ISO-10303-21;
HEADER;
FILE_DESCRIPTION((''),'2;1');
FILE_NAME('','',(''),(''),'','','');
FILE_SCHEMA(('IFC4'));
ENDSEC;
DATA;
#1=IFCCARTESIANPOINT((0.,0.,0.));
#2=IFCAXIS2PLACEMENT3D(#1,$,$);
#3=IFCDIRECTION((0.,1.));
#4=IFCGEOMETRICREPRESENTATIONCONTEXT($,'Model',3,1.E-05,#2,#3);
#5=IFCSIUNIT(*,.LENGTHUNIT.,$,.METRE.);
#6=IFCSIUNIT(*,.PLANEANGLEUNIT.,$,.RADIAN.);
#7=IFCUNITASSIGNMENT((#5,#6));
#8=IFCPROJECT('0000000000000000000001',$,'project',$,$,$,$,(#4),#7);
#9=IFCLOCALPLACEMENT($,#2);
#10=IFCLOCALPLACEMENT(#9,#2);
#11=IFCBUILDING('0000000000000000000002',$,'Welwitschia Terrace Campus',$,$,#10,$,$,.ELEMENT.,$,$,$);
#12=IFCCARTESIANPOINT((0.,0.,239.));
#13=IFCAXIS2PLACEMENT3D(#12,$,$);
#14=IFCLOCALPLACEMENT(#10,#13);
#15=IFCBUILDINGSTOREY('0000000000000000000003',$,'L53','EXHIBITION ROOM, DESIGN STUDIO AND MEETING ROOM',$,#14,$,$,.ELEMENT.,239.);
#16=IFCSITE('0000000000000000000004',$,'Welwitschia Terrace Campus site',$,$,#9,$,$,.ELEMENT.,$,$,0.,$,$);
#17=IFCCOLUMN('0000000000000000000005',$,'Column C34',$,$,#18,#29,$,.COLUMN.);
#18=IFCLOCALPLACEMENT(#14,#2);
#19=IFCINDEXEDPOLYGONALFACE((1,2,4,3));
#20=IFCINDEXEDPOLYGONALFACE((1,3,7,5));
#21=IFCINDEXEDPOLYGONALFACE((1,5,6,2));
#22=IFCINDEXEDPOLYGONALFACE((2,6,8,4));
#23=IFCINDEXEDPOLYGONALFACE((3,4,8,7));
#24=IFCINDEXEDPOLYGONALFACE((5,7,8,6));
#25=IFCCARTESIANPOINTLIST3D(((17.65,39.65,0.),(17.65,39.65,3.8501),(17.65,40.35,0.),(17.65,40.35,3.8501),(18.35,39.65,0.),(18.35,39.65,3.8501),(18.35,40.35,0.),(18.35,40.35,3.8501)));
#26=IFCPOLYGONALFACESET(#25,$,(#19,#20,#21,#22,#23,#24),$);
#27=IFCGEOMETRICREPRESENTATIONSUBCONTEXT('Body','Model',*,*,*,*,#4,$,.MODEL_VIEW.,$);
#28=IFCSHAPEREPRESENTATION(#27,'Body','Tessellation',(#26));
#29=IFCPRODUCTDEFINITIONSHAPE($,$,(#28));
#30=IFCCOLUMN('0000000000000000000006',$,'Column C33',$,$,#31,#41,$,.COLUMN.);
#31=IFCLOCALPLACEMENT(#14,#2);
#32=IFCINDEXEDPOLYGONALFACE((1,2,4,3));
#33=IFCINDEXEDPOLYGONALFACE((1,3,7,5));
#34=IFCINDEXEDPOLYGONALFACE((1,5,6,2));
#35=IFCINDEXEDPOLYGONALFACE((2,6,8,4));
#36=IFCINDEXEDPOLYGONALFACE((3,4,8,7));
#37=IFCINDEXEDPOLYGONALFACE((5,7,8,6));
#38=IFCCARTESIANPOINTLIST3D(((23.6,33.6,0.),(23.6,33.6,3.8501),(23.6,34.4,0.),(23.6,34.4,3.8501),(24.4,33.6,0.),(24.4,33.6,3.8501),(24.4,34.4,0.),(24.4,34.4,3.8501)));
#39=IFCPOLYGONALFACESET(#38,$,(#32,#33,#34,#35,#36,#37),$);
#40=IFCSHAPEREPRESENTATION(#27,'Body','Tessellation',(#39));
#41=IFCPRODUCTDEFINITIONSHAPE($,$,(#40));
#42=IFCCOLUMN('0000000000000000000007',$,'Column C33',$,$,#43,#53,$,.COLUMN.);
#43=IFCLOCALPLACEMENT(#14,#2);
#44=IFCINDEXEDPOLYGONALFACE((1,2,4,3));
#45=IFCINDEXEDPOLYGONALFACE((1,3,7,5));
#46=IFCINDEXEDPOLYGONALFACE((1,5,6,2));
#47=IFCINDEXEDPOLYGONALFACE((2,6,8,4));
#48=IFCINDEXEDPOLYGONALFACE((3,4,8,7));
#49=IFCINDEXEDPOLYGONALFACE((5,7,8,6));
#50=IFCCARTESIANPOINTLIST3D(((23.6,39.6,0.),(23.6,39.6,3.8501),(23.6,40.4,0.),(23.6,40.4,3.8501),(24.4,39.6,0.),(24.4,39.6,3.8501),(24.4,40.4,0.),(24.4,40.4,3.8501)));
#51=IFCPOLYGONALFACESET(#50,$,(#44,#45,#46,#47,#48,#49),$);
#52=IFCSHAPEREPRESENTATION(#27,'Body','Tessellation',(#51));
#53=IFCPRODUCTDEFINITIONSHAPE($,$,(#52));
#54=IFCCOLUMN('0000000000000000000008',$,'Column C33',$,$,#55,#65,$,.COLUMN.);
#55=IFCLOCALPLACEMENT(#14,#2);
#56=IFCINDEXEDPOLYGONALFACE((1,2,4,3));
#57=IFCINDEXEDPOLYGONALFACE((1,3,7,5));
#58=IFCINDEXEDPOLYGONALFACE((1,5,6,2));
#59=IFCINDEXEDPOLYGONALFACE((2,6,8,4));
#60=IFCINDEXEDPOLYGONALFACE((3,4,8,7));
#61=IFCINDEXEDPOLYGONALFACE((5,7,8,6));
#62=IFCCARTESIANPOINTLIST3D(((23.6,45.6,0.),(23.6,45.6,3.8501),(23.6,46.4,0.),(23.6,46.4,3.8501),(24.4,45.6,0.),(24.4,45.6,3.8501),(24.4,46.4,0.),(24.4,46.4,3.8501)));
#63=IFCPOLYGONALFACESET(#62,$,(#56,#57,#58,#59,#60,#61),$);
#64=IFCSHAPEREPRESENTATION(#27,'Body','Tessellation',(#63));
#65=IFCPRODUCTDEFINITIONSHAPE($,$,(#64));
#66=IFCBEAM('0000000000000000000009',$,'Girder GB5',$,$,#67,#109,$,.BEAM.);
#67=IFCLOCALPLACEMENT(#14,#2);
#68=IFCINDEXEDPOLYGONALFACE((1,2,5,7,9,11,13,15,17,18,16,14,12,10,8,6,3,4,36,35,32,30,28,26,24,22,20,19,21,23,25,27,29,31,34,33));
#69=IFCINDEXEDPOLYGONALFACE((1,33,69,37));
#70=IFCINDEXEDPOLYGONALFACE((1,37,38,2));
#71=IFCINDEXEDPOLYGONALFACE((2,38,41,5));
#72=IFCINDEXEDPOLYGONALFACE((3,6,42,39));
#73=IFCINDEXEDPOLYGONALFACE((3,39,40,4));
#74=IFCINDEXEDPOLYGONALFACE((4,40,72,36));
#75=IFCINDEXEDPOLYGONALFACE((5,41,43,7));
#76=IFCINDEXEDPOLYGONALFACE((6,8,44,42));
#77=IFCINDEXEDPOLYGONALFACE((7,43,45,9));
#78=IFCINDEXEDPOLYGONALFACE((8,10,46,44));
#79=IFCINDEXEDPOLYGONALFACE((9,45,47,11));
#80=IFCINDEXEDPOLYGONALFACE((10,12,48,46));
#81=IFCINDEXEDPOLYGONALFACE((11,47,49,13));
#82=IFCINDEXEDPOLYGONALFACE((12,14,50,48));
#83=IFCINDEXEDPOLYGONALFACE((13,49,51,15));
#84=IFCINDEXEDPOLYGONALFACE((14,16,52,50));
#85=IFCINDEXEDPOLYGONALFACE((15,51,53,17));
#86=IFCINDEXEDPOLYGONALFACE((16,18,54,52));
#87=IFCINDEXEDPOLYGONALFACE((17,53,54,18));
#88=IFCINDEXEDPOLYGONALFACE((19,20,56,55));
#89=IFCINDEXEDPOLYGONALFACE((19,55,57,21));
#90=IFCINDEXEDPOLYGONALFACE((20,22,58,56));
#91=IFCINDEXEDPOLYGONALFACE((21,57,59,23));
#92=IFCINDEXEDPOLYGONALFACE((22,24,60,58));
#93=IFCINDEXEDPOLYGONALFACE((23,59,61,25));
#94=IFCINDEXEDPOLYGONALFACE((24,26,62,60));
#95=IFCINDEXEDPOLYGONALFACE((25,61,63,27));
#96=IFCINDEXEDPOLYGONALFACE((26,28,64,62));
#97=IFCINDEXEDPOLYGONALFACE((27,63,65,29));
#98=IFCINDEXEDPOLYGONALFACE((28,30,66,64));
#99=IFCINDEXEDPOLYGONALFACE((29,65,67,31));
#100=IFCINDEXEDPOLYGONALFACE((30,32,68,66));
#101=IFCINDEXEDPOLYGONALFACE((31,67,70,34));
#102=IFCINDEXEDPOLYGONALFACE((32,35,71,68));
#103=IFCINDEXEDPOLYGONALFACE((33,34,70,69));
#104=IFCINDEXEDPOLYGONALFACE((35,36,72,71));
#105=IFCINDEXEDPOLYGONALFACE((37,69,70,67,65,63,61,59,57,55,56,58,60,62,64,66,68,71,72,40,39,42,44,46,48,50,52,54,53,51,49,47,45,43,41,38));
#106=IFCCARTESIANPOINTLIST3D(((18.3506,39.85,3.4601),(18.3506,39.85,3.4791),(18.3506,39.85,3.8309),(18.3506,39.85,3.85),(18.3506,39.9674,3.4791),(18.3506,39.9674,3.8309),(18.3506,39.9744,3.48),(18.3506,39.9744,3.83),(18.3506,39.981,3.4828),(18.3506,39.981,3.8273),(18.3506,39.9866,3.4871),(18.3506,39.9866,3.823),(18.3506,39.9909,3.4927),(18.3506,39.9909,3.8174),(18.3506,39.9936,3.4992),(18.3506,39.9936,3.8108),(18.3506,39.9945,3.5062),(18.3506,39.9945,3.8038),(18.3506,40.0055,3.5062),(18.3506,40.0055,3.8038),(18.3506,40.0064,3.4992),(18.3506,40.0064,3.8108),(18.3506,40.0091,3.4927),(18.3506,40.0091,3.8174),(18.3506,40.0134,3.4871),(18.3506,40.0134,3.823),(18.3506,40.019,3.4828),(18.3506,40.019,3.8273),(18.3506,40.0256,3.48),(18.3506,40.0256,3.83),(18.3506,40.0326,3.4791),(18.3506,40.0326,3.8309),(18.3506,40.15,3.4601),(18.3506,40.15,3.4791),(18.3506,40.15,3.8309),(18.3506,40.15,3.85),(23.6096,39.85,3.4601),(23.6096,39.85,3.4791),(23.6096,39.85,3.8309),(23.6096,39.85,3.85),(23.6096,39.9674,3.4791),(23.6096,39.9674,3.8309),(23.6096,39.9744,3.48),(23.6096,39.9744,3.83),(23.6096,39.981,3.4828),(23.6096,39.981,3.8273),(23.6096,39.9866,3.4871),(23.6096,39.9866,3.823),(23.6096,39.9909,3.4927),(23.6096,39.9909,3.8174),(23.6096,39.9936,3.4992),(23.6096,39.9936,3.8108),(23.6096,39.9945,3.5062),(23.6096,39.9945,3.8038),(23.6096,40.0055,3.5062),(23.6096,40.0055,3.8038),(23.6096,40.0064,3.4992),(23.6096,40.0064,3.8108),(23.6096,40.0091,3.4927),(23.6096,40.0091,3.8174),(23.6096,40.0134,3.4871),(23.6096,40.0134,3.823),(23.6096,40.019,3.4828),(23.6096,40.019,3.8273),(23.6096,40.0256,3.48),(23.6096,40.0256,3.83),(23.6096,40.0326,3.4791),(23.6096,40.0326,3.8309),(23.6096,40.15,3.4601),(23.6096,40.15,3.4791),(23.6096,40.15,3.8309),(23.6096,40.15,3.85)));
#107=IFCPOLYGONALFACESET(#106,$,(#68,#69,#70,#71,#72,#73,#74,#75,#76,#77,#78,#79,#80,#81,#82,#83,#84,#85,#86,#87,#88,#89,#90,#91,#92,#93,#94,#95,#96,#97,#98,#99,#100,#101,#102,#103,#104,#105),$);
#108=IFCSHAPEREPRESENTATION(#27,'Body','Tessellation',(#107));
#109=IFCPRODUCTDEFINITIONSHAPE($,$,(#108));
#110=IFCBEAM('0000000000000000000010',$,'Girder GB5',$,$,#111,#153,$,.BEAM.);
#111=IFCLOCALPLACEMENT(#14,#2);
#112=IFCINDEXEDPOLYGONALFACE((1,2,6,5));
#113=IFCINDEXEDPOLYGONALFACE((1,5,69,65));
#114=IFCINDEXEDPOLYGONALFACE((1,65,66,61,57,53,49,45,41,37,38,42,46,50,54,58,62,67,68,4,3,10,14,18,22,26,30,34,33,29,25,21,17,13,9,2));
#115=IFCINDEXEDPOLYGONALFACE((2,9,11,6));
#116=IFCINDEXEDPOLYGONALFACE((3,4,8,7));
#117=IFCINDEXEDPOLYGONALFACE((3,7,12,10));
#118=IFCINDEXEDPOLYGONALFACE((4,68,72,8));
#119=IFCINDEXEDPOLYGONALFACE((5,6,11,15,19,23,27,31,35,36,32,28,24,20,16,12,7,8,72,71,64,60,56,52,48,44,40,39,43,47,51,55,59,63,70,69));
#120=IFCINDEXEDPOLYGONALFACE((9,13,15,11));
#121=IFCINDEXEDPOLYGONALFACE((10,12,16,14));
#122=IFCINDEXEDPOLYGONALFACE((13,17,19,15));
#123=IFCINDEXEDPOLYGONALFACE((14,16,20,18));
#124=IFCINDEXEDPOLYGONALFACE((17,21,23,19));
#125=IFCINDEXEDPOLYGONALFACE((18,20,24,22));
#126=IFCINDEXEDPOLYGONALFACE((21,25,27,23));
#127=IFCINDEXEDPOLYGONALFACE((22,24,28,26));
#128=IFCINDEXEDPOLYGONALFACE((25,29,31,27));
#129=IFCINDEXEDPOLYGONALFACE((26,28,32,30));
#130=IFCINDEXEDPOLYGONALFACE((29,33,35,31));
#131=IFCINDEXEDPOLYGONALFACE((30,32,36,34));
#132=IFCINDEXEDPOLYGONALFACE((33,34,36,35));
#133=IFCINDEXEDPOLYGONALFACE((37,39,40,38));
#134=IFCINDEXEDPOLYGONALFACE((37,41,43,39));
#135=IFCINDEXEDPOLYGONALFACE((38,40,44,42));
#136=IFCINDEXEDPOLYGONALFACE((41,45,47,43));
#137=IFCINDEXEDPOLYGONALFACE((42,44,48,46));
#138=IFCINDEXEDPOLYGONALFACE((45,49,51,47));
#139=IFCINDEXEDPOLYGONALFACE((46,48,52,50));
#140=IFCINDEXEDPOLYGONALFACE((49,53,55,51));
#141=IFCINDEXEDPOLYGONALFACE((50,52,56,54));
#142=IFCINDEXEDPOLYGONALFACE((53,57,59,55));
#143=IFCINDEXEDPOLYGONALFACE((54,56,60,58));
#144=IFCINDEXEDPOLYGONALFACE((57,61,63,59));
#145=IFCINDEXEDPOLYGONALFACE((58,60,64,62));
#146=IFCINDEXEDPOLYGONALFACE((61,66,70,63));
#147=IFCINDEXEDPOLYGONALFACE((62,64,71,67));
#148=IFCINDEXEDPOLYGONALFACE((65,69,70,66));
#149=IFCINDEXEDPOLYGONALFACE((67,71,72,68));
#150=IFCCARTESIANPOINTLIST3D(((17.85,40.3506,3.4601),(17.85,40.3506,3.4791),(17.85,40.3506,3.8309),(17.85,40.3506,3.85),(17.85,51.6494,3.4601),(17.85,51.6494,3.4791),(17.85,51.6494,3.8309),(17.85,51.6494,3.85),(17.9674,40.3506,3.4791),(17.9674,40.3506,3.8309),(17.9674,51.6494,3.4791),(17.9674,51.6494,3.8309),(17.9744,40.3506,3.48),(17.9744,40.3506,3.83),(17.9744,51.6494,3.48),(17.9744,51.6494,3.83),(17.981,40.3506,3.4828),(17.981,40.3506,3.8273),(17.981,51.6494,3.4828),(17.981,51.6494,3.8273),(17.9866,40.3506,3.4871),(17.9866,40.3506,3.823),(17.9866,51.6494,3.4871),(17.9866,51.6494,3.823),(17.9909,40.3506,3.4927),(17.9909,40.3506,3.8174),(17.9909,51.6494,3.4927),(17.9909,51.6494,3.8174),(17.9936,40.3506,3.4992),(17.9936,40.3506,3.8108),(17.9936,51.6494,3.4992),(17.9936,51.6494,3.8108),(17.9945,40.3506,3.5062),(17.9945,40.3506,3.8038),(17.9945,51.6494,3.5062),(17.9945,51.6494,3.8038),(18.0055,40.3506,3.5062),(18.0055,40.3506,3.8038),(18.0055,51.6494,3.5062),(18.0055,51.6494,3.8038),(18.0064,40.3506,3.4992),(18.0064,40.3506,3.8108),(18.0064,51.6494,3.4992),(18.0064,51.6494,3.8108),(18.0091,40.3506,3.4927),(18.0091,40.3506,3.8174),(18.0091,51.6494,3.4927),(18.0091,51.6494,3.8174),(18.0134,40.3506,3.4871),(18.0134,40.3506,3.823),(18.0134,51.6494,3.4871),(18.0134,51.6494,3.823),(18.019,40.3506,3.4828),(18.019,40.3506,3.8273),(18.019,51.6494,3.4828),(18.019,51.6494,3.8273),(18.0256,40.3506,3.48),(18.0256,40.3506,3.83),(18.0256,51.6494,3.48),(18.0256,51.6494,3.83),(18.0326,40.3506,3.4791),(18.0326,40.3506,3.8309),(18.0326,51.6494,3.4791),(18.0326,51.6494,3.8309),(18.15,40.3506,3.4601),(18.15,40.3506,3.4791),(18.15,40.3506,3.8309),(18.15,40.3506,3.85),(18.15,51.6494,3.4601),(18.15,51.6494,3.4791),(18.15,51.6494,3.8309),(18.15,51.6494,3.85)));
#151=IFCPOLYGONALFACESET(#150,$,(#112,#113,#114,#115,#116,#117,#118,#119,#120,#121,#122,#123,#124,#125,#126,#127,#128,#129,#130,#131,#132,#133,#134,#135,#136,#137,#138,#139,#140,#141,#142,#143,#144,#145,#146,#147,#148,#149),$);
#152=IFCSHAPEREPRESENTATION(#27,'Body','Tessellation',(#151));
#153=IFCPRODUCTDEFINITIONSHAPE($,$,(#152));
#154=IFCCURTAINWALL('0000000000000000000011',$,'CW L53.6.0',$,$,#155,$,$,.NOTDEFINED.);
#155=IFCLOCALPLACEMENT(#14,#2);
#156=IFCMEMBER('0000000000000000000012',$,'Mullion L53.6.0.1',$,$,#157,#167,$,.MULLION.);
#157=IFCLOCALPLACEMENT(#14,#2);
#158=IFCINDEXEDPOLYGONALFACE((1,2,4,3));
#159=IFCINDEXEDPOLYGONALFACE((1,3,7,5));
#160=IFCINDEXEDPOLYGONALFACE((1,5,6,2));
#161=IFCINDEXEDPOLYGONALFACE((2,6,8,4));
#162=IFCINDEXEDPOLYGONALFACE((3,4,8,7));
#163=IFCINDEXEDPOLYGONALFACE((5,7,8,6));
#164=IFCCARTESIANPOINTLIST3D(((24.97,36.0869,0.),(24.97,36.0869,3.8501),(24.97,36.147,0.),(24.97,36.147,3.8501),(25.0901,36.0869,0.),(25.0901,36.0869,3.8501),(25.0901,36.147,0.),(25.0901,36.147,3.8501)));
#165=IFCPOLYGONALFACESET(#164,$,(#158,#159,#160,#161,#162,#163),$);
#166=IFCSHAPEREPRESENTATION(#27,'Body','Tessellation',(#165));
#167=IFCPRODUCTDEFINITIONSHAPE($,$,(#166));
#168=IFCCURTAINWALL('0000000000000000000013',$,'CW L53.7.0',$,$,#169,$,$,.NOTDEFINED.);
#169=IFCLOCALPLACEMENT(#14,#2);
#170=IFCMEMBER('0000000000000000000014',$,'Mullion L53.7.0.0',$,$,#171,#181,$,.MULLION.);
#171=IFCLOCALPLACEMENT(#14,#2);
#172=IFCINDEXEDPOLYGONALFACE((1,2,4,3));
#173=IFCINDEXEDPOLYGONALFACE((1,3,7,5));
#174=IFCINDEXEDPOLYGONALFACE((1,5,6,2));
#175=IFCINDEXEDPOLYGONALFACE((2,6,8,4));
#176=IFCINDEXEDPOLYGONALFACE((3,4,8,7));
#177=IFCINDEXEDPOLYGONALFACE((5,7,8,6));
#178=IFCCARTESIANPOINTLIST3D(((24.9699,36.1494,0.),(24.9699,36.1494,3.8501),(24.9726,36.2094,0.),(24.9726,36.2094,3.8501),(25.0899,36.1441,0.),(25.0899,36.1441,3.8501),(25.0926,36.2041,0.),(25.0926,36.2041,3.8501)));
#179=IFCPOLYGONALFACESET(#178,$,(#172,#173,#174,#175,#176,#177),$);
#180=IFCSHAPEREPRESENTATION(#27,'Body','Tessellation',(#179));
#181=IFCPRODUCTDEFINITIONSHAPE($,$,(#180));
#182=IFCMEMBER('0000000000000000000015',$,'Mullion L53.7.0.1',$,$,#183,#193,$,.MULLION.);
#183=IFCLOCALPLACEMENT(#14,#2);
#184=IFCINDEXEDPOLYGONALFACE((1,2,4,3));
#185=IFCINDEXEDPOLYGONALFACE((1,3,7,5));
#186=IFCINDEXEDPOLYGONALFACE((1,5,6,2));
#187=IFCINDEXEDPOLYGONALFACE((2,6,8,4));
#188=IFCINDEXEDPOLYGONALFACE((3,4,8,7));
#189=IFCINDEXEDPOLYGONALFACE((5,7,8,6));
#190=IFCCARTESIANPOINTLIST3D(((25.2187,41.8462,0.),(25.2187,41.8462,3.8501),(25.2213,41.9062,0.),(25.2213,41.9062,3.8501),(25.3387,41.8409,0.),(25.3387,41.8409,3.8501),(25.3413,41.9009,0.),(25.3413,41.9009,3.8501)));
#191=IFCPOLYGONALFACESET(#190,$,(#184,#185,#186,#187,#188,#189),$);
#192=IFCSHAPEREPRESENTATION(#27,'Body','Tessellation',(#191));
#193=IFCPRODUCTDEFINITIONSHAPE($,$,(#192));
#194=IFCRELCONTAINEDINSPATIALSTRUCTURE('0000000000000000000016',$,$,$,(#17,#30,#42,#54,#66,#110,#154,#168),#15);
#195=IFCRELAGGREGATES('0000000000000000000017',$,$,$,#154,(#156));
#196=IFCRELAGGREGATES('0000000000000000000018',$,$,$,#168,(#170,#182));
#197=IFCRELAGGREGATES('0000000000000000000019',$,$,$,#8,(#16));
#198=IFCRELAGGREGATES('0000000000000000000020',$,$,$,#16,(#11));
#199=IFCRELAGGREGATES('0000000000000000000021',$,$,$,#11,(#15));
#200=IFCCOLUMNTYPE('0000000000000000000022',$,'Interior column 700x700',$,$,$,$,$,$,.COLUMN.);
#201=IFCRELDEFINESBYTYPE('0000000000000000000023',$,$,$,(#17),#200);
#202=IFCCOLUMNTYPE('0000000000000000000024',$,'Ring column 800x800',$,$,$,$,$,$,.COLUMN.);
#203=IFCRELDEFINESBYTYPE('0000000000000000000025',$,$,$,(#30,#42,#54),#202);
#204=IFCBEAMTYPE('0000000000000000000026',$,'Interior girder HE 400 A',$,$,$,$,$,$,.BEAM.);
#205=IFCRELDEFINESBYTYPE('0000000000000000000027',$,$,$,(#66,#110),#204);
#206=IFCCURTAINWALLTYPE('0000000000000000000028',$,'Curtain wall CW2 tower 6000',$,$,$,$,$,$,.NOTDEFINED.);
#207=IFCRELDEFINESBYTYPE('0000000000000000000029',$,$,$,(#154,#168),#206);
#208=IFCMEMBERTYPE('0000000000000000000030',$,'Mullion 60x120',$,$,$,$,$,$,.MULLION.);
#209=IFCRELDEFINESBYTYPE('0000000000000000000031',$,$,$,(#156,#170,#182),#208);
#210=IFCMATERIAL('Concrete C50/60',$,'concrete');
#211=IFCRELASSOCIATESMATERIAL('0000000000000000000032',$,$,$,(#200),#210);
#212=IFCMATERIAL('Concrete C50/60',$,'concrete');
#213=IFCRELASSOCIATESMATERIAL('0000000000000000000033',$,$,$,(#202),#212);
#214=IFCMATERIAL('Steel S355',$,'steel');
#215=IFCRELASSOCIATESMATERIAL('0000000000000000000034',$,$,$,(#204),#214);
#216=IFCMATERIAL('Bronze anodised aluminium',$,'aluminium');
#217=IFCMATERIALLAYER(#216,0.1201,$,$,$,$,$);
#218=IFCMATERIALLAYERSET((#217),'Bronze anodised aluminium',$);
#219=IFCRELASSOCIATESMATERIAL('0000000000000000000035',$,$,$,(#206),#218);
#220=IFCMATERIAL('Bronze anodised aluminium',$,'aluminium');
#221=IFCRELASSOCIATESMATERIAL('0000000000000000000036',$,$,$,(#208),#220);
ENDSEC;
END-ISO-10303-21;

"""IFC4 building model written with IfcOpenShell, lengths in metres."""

from ifc_helpers import new_model, si_unit, direction, frame, origin, origin_2d, place, context, subcontext, project, spatial, rectangle, i_section, extrude, material, layer, layer_set, material_profile, profile_set, type_object, element, aggregate, save


model = new_model("IFC4")

# Units and contexts
model_context = context("Model", 3, precision=1e-05, world=origin(), true_north=direction((0.0, 1.0)))
body_context = subcontext(model_context, "Body", "Model", "MODEL_VIEW")
ifc_project = project(units=[si_unit("LENGTHUNIT", "METRE"), si_unit("PLANEANGLEUNIT", "RADIAN")], contexts=[model_context])

# Site, building, storey
site_placement = place(None, origin())
site = spatial("IfcSite", under=ifc_project, at=site_placement, Name="Welwitschia Terrace Campus site", CompositionType="ELEMENT", RefElevation=0.0)
building_placement = place(site_placement, origin())
building = spatial("IfcBuilding", under=site, at=building_placement, Name="Welwitschia Terrace Campus", CompositionType="ELEMENT")
storey_placement = place(building_placement, frame((0.0, 0.0, 239.0)))
storey = spatial("IfcBuildingStorey", under=building, at=storey_placement, Name="L53", Description="EXHIBITION ROOM, DESIGN STUDIO AND MEETING ROOM", CompositionType="ELEMENT", Elevation=239.0)

# Columns
ifc_material_1 = material(Name="Concrete C50/60", Category="concrete")
ifc_material_profile_1 = material_profile(ifc_material_1, rectangle(XDim=0.7, YDim=0.7, at=origin_2d()))
ifc_profile_set_1 = profile_set([ifc_material_profile_1], Name="Concrete C50/60")
column_type_1 = type_object("IfcColumnType", Name="Interior column 700x700", PredefinedType="COLUMN", material=ifc_profile_set_1)
column_placement = place(storey_placement, frame((18.0, 40.0, 0.0), z_axis=(0.0, 0.0, 1.0), x_axis=(1.0, 0.0, 0.0)))
element("IfcColumn", 1, at=column_placement, inside=storey, type_object=column_type_1, Name="Column C34", PredefinedType="COLUMN", context=body_context, shape_type="SweptSolid", body=[
    extrude(rectangle(XDim=0.7, YDim=0.7, at=origin_2d()), origin(), (0.0, 0.0, 1.0), 3.8501),
])
ifc_material_2 = material(Name="Concrete C50/60", Category="concrete")
ifc_material_profile_2 = material_profile(ifc_material_2, rectangle(XDim=0.8, YDim=0.8, at=origin_2d()))
ifc_profile_set_2 = profile_set([ifc_material_profile_2], Name="Concrete C50/60")
column_type_2 = type_object("IfcColumnType", Name="Ring column 800x800", PredefinedType="COLUMN", material=ifc_profile_set_2)
for number, where, z_axis, x_axis, name in (
    (2, (24.0, 34.0, 0.0), (0.0, 0.0, 1.0), (1.0, 0.0, 0.0), "Column C33"),
    (3, (24.0, 40.0, 0.0), (0.0, 0.0, 1.0), (1.0, 0.0, 0.0), "Column C33"),
    (4, (24.0, 46.0, 0.0), (0.0, 0.0, 1.0), (1.0, 0.0, 0.0), "Column C33"),
):
    element("IfcColumn", number, at=place(storey_placement, frame(where, z_axis=z_axis, x_axis=x_axis)), inside=storey, type_object=column_type_2, Name=name, PredefinedType="COLUMN", context=body_context, shape_type="SweptSolid", body=[
        extrude(rectangle(XDim=0.8, YDim=0.8, at=origin_2d()), origin(), (0.0, 0.0, 1.0), 3.8501),
    ])

# Beams
ifc_material_3 = material(Name="Steel S355", Category="steel")
ifc_material_profile_3 = material_profile(ifc_material_3, i_section(OverallWidth=0.3, OverallDepth=0.3899, WebThickness=0.011, FlangeThickness=0.019, FilletRadius=0.0271, at=origin_2d()))
ifc_profile_set_3 = profile_set([ifc_material_profile_3], Name="Steel S355")
beam_type_1 = type_object("IfcBeamType", Name="Interior girder HE 400 A", PredefinedType="BEAM", material=ifc_profile_set_3)
beam_1_placement = place(storey_placement, frame((18.3506, 40.0, 3.655), z_axis=(1.0, 0.0, 0.0), x_axis=(0.0, 1.0, 0.0)))
element("IfcBeam", 5, at=beam_1_placement, inside=storey, type_object=beam_type_1, Name="Girder GB5", PredefinedType="BEAM", context=body_context, shape_type="SweptSolid", body=[
    extrude(i_section(OverallWidth=0.3, OverallDepth=0.3899, WebThickness=0.011, FlangeThickness=0.019, FilletRadius=0.0271, at=origin_2d()), origin(), (0.0, 0.0, 1.0), 5.259),
])
beam_2_placement = place(storey_placement, frame((18.0, 40.3506, 3.655), z_axis=(0.0, 1.0, 0.0), x_axis=(-1.0, 0.0, 0.0)))
element("IfcBeam", 6, at=beam_2_placement, inside=storey, type_object=beam_type_1, Name="Girder GB5", PredefinedType="BEAM", context=body_context, shape_type="SweptSolid", body=[
    extrude(i_section(OverallWidth=0.3, OverallDepth=0.3899, WebThickness=0.011, FlangeThickness=0.019, FilletRadius=0.0271, at=origin_2d()), origin(), (0.0, 0.0, 1.0), 11.2988),
])

# Curtain wall, member
ifc_material_4 = material(Name="Bronze anodised aluminium", Category="aluminium")
ifc_layer_1 = layer(ifc_material_4, 0.1201)
ifc_layer_set_1 = layer_set([ifc_layer_1], Name="Bronze anodised aluminium")
curtain_wall_type = type_object("IfcCurtainWallType", Name="Curtain wall CW2 tower 6000", PredefinedType="NOTDEFINED", material=ifc_layer_set_1)
curtain_wall_1_placement = place(storey_placement, origin())
curtain_wall_1 = element("IfcCurtainWall", 7, at=curtain_wall_1_placement, inside=storey, type_object=curtain_wall_type, Name="CW L53.6.0", PredefinedType="NOTDEFINED")
ifc_material_5 = material(Name="Bronze anodised aluminium", Category="aluminium")
ifc_material_profile_4 = material_profile(ifc_material_5, rectangle(XDim=0.1201, YDim=0.0601, at=origin_2d()))
ifc_profile_set_4 = profile_set([ifc_material_profile_4], Name="Bronze anodised aluminium")
member_type_1 = type_object("IfcMemberType", Name="Mullion 60x120", PredefinedType="MULLION", material=ifc_profile_set_4)
member_1_placement = place(storey_placement, frame((25.03, 36.1169, 0.0), z_axis=(0.0, 0.0, 1.0), x_axis=(-1.0, 0.0, 0.0)))
member_1 = element("IfcMember", 8, at=member_1_placement, type_object=member_type_1, Name="Mullion L53.6.0.1", PredefinedType="MULLION", context=body_context, shape_type="SweptSolid", body=[
    extrude(rectangle(XDim=0.1201, YDim=0.0601, at=origin_2d()), origin(), (0.0, 0.0, 1.0), 3.8501),
])
aggregate(curtain_wall_1, [member_1])

# Curtain wall, members
curtain_wall_2_placement = place(storey_placement, origin())
curtain_wall_2 = element("IfcCurtainWall", 9, at=curtain_wall_2_placement, inside=storey, type_object=curtain_wall_type, Name="CW L53.7.0", PredefinedType="NOTDEFINED")
member_2_placement = place(storey_placement, frame((25.0312, 36.1768, 0.0), z_axis=(0.0, 0.0, 1.0), x_axis=(-0.999048, 0.043619, 0.0)))
member_2 = element("IfcMember", 10, at=member_2_placement, type_object=member_type_1, Name="Mullion L53.7.0.0", PredefinedType="MULLION", context=body_context, shape_type="SweptSolid", body=[
    extrude(rectangle(XDim=0.1201, YDim=0.0601, at=origin_2d()), origin(), (0.0, 0.0, 1.0), 3.8501),
])
member_3_placement = place(storey_placement, frame((25.28, 41.8735, 0.0), z_axis=(0.0, 0.0, 1.0), x_axis=(-0.999048, 0.043619, 0.0)))
member_3 = element("IfcMember", 11, at=member_3_placement, type_object=member_type_1, Name="Mullion L53.7.0.1", PredefinedType="MULLION", context=body_context, shape_type="SweptSolid", body=[
    extrude(rectangle(XDim=0.1201, YDim=0.0601, at=origin_2d()), origin(), (0.0, 0.0, 1.0), 3.8501),
])

aggregate(curtain_wall_2, [member_2, member_3])

save(model, "model.ifc")
